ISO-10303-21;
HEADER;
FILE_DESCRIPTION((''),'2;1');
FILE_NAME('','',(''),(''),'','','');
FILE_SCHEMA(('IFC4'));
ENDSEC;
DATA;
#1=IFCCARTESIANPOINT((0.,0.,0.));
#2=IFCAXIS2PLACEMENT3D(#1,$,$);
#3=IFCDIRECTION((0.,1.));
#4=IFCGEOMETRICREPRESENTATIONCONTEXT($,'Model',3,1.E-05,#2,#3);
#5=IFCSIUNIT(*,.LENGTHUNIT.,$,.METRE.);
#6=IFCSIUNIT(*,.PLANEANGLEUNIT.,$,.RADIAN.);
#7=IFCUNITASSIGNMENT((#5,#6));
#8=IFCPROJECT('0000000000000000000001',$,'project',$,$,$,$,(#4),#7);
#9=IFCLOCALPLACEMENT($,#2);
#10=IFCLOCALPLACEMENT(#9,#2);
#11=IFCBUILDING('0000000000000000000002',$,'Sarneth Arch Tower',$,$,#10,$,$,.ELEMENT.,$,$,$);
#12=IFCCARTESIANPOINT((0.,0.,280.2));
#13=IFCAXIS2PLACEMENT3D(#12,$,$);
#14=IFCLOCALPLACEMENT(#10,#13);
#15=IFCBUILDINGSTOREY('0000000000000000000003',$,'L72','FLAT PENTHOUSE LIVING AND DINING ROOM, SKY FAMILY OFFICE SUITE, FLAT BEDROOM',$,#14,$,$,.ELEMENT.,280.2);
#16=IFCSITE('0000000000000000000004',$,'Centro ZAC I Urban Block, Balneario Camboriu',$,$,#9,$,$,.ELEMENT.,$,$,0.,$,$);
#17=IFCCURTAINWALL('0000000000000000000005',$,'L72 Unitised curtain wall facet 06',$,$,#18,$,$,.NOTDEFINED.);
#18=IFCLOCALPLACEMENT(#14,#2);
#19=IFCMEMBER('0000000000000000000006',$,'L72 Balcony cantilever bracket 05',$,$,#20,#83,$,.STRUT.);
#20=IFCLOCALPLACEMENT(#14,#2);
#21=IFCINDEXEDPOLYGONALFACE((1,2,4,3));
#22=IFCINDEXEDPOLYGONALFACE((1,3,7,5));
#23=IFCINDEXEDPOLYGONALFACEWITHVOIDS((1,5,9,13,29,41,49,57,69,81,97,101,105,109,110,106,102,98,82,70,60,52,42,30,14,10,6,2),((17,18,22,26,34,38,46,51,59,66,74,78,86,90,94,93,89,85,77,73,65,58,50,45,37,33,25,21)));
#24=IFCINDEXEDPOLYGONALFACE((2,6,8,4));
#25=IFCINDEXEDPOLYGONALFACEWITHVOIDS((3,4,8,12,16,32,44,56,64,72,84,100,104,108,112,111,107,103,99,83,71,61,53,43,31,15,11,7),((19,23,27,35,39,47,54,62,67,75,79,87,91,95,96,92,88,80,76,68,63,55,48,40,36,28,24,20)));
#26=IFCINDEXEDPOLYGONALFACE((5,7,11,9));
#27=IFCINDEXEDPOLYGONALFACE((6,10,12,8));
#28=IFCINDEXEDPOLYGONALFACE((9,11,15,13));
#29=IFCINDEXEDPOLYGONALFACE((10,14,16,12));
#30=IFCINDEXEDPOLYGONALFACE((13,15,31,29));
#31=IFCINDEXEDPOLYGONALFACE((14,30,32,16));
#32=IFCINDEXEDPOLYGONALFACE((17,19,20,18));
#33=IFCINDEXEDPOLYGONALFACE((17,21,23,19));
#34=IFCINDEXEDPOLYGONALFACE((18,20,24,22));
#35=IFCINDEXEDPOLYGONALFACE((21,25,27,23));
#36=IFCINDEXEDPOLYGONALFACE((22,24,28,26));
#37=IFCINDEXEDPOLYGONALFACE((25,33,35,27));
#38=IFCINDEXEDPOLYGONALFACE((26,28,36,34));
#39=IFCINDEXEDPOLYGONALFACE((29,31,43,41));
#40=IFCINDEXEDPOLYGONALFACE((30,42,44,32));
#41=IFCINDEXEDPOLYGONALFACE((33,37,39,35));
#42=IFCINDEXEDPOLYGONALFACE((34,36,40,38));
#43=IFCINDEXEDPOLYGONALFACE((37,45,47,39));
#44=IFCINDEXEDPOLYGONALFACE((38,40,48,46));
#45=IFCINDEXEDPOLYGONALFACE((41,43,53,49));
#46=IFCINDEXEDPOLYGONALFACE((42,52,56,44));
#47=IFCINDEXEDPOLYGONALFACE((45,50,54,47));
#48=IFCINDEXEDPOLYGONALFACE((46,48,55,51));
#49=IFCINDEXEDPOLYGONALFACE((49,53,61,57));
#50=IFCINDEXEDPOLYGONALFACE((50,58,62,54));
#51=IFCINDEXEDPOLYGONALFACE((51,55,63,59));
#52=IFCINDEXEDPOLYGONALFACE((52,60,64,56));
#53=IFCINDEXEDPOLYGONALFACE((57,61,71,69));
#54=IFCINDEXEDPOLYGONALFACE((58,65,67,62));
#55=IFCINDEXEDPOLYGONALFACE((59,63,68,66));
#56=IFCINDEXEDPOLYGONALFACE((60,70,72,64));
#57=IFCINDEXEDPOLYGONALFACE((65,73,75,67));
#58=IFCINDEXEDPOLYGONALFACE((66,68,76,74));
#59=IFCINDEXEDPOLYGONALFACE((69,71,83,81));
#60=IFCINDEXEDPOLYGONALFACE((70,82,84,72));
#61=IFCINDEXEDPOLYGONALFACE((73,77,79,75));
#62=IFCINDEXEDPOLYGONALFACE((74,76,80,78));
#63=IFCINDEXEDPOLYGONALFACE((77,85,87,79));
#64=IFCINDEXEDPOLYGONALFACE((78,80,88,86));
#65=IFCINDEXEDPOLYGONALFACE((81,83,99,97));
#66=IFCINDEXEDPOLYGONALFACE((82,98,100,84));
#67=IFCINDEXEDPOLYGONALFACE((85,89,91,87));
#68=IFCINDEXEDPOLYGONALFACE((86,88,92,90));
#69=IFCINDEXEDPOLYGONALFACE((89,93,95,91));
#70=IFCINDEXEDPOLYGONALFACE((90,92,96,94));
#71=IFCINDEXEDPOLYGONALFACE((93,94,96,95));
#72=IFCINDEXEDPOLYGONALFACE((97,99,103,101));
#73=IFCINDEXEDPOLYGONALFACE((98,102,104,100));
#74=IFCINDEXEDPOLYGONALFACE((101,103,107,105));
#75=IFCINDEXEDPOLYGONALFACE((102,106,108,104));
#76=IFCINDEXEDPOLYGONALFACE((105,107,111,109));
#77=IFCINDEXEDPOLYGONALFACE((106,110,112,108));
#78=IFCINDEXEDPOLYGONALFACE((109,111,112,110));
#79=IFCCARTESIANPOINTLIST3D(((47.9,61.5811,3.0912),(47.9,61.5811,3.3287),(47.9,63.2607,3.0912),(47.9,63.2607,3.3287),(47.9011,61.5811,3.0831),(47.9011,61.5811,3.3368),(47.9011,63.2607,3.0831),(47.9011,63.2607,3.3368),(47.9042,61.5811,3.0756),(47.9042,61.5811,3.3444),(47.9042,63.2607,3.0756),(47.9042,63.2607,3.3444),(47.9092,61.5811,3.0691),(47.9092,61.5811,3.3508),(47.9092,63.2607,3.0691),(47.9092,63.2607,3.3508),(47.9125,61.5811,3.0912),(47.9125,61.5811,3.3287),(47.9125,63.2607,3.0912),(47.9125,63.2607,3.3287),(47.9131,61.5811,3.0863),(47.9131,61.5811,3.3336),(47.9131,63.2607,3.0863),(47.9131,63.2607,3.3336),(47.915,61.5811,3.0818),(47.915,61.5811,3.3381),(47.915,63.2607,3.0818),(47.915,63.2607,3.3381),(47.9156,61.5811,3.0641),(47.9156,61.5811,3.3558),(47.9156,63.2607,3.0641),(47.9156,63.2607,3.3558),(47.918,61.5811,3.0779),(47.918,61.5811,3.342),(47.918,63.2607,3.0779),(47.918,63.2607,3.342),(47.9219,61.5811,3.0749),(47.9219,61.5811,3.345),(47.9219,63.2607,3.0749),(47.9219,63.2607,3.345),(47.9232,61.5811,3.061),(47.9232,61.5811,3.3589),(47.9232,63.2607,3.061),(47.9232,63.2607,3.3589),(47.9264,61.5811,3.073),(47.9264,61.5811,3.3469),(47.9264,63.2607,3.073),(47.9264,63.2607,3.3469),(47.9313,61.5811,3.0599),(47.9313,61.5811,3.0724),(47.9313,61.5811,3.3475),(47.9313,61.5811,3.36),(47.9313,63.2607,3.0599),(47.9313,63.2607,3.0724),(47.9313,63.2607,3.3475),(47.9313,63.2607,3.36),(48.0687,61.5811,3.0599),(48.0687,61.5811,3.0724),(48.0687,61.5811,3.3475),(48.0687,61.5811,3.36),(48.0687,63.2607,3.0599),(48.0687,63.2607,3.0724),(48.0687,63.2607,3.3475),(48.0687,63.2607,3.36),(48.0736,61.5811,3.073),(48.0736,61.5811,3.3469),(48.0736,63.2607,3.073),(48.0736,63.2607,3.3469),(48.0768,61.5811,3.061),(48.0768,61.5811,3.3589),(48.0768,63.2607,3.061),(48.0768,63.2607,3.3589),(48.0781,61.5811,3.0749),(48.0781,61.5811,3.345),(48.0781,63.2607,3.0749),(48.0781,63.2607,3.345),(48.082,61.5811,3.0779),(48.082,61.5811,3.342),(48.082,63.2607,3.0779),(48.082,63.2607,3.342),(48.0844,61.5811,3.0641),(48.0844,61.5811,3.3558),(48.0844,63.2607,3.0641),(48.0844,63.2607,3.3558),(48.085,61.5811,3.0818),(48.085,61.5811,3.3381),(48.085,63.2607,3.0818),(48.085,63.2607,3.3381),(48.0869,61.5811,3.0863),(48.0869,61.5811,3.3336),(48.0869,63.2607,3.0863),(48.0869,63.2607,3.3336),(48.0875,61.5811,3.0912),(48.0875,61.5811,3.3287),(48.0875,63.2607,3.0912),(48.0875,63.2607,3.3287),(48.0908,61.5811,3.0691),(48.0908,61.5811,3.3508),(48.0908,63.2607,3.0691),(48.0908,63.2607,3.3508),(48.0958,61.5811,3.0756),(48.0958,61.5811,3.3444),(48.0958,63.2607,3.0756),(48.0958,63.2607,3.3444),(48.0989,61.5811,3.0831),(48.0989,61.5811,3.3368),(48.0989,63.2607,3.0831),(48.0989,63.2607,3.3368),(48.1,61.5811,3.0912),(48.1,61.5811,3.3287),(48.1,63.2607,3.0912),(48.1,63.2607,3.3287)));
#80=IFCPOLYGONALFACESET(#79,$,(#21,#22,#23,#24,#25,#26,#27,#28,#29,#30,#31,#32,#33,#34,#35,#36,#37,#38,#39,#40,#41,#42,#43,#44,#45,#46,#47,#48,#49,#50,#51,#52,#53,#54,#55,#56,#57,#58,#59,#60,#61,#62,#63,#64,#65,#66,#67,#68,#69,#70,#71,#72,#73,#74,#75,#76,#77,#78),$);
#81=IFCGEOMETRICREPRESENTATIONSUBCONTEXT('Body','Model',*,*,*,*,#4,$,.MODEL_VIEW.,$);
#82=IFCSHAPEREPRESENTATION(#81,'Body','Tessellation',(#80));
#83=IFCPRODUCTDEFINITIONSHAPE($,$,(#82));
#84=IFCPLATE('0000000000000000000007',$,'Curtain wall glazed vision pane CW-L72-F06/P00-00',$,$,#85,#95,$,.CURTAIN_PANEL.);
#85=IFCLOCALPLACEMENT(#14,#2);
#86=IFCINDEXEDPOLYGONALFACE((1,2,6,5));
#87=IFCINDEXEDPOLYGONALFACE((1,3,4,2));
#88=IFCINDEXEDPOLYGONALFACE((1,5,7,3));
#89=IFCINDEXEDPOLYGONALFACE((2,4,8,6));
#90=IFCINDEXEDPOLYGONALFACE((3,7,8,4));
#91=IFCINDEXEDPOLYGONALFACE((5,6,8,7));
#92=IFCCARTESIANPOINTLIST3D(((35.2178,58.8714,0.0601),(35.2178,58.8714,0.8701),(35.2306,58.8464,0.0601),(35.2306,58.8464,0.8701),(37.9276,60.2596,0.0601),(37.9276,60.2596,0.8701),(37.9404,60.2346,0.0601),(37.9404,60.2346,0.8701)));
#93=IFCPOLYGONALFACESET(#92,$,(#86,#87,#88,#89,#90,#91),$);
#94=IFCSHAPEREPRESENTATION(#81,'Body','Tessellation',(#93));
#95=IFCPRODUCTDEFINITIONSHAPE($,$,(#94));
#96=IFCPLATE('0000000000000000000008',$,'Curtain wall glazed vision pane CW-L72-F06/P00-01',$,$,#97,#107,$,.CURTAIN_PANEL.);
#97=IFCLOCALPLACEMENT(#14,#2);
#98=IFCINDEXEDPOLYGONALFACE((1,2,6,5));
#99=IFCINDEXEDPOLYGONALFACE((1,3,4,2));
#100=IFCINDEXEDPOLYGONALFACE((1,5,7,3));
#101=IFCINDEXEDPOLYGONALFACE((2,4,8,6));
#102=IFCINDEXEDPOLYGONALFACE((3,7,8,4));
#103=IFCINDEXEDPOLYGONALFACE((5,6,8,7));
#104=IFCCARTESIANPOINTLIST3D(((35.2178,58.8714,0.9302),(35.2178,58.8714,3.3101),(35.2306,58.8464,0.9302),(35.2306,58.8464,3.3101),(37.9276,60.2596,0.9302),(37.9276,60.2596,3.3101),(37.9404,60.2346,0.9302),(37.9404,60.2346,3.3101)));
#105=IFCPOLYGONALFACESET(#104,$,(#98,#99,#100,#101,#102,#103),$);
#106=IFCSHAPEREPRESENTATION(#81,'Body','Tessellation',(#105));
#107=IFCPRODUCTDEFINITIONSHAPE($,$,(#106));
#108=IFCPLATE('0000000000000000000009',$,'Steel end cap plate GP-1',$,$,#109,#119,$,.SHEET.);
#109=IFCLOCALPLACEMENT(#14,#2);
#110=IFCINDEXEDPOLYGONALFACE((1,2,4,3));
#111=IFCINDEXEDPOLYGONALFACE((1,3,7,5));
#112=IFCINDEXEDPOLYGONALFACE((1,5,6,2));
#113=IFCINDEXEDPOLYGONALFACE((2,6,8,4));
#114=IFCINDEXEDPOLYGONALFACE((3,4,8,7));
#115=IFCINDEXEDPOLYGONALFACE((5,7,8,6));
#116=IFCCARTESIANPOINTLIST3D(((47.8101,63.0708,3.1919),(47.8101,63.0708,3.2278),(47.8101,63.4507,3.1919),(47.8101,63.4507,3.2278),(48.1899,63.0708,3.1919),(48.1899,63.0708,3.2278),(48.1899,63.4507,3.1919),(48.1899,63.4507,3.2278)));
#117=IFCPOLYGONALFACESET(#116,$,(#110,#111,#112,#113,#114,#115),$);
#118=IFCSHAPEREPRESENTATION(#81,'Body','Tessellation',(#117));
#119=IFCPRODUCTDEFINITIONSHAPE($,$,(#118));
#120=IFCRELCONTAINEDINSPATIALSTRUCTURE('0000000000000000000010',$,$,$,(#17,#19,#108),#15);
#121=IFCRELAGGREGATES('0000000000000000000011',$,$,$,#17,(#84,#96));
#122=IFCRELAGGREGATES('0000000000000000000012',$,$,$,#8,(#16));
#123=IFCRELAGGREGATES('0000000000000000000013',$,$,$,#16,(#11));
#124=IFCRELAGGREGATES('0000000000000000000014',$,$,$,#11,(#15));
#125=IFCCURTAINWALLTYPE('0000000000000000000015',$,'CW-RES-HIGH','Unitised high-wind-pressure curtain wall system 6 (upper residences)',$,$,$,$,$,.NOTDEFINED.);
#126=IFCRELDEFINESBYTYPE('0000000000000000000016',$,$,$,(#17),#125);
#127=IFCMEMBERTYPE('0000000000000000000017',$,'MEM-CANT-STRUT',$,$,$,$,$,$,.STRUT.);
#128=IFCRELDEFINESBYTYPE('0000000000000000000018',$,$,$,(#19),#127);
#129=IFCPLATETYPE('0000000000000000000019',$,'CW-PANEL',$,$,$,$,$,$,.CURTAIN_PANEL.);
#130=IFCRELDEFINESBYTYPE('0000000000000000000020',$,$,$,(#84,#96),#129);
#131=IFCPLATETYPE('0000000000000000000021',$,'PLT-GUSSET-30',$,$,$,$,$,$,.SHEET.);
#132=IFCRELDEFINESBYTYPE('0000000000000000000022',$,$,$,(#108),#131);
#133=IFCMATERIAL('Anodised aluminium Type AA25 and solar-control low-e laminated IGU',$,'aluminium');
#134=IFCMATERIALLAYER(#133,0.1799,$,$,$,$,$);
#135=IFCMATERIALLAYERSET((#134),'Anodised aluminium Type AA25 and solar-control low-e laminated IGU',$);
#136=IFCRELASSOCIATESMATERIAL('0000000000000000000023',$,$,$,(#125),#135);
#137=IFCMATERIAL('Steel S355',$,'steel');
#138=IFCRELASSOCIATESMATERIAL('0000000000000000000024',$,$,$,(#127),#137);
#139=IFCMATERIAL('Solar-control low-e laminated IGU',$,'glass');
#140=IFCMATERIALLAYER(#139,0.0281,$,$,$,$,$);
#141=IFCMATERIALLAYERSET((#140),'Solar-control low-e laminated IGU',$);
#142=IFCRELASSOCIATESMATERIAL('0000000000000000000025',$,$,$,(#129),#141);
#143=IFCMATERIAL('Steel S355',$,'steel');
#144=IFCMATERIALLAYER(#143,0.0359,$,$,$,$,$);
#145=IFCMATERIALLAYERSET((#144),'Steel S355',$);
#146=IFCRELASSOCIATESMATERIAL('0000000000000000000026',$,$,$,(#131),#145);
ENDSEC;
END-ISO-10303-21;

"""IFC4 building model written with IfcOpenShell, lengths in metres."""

from ifc_helpers import new_model, si_unit, direction, frame, origin, origin_2d, place, context, subcontext, project, spatial, rectangle, hollow_rectangle, extrude, material, layer, layer_set, material_profile, profile_set, type_object, element, aggregate, save


model = new_model("IFC4")

# Units and contexts
model_context = context("Model", 3, precision=1e-05, world=origin(), true_north=direction((0.0, 1.0)))
body_context = subcontext(model_context, "Body", "Model", "MODEL_VIEW")
ifc_project = project(units=[si_unit("LENGTHUNIT", "METRE"), si_unit("PLANEANGLEUNIT", "RADIAN")], contexts=[model_context])

# Site, building, storey
site_placement = place(None, origin())
site = spatial("IfcSite", under=ifc_project, at=site_placement, Name="Centro ZAC I Urban Block, Balneario Camboriu", CompositionType="ELEMENT", RefElevation=0.0)
building_placement = place(site_placement, origin())
building = spatial("IfcBuilding", under=site, at=building_placement, Name="Sarneth Arch Tower", CompositionType="ELEMENT")
storey_placement = place(building_placement, frame((0.0, 0.0, 280.2)))
storey = spatial("IfcBuildingStorey", under=building, at=storey_placement, Name="L72", Description="FLAT PENTHOUSE LIVING AND DINING ROOM, SKY FAMILY OFFICE SUITE, FLAT BEDROOM", CompositionType="ELEMENT", Elevation=280.2)

# Curtain wall
ifc_material_1 = material(Name="Anodised aluminium Type AA25 and solar-control low-e laminated IGU", Category="aluminium")
ifc_layer_1 = layer(ifc_material_1, 0.1799)
ifc_layer_set_1 = layer_set([ifc_layer_1], Name="Anodised aluminium Type AA25 and solar-control low-e laminated IGU")
curtain_wall_type = type_object("IfcCurtainWallType", Name="CW-RES-HIGH", Description="Unitised high-wind-pressure curtain wall system 6 (upper residences)", PredefinedType="NOTDEFINED", material=ifc_layer_set_1)
curtain_wall_placement = place(storey_placement, origin())
curtain_wall = element("IfcCurtainWall", 1, at=curtain_wall_placement, inside=storey, type_object=curtain_wall_type, Name="L72 Unitised curtain wall facet 06", PredefinedType="NOTDEFINED")

# Member
ifc_material_2 = material(Name="Steel S355", Category="steel")
ifc_material_profile_1 = material_profile(ifc_material_2, hollow_rectangle(XDim=0.2, YDim=0.3, WallThickness=0.0125, InnerFilletRadius=0.0188, OuterFilletRadius=0.0312, at=origin_2d()), Name="RHS300x200x12.5")
ifc_profile_set_1 = profile_set([ifc_material_profile_1], Name="Steel S355")
member_type_1 = type_object("IfcMemberType", Name="MEM-CANT-STRUT", PredefinedType="STRUT", material=ifc_profile_set_1)
member_1_placement = place(storey_placement, frame((48.0, 61.5811, 3.21), z_axis=(0.0, 1.0, 0.0), x_axis=(-1.0, 0.0, 0.0)))
element("IfcMember", 2, at=member_1_placement, inside=storey, type_object=member_type_1, Name="L72 Balcony cantilever bracket 05", PredefinedType="STRUT", context=body_context, shape_type="SweptSolid", body=[
    extrude(hollow_rectangle(XDim=0.2, YDim=0.3, WallThickness=0.0125, InnerFilletRadius=0.0188, OuterFilletRadius=0.0312, at=origin_2d()), origin(), (0.0, 0.0, 1.0), 1.6797),
])

# Plates
ifc_material_3 = material(Name="Solar-control low-e laminated IGU", Category="glass")
ifc_layer_2 = layer(ifc_material_3, 0.0281)
ifc_layer_set_2 = layer_set([ifc_layer_2], Name="Solar-control low-e laminated IGU")
plate_type_1 = type_object("IfcPlateType", Name="CW-PANEL", PredefinedType="CURTAIN_PANEL", material=ifc_layer_set_2)
plate_1_placement = place(storey_placement, frame((36.5791, 59.553, 0.0601), z_axis=(0.0, 0.0, 1.0), x_axis=(-0.89001, -0.455942, 0.0)))
plate_1 = element("IfcPlate", 3, at=plate_1_placement, type_object=plate_type_1, Name="Curtain wall glazed vision pane CW-L72-F06/P00-00", PredefinedType="CURTAIN_PANEL", context=body_context, shape_type="SweptSolid", body=[
    extrude(rectangle(XDim=3.0447, YDim=0.0281, at=origin_2d()), origin(), (0.0, 0.0, 1.0), 0.8101),
])
plate_2_placement = place(storey_placement, frame((36.5791, 59.553, 0.9302), z_axis=(0.0, 0.0, 1.0), x_axis=(-0.89001, -0.455942, 0.0)))
plate_2 = element("IfcPlate", 4, at=plate_2_placement, type_object=plate_type_1, Name="Curtain wall glazed vision pane CW-L72-F06/P00-01", PredefinedType="CURTAIN_PANEL", context=body_context, shape_type="SweptSolid", body=[
    extrude(rectangle(XDim=3.0447, YDim=0.0281, at=origin_2d()), origin(), (0.0, 0.0, 1.0), 2.3799),
])
aggregate(curtain_wall, [plate_1, plate_2])
ifc_material_4 = material(Name="Steel S355", Category="steel")
ifc_layer_3 = layer(ifc_material_4, 0.0359)
ifc_layer_set_3 = layer_set([ifc_layer_3], Name="Steel S355")
plate_type_2 = type_object("IfcPlateType", Name="PLT-GUSSET-30", PredefinedType="SHEET", material=ifc_layer_set_3)
plate_3_placement = place(storey_placement, frame((48.0, 63.2607, 3.1919), z_axis=(0.0, 0.0, 1.0), x_axis=(0.0, 1.0, 0.0)))
element("IfcPlate", 5, at=plate_3_placement, inside=storey, type_object=plate_type_2, Name="Steel end cap plate GP-1", PredefinedType="SHEET", context=body_context, shape_type="SweptSolid", body=[
    extrude(rectangle(XDim=0.3799, YDim=0.3799, at=origin_2d()), origin(), (0.0, 0.0, 1.0), 0.0359),
])

save(model, "model.ifc")
